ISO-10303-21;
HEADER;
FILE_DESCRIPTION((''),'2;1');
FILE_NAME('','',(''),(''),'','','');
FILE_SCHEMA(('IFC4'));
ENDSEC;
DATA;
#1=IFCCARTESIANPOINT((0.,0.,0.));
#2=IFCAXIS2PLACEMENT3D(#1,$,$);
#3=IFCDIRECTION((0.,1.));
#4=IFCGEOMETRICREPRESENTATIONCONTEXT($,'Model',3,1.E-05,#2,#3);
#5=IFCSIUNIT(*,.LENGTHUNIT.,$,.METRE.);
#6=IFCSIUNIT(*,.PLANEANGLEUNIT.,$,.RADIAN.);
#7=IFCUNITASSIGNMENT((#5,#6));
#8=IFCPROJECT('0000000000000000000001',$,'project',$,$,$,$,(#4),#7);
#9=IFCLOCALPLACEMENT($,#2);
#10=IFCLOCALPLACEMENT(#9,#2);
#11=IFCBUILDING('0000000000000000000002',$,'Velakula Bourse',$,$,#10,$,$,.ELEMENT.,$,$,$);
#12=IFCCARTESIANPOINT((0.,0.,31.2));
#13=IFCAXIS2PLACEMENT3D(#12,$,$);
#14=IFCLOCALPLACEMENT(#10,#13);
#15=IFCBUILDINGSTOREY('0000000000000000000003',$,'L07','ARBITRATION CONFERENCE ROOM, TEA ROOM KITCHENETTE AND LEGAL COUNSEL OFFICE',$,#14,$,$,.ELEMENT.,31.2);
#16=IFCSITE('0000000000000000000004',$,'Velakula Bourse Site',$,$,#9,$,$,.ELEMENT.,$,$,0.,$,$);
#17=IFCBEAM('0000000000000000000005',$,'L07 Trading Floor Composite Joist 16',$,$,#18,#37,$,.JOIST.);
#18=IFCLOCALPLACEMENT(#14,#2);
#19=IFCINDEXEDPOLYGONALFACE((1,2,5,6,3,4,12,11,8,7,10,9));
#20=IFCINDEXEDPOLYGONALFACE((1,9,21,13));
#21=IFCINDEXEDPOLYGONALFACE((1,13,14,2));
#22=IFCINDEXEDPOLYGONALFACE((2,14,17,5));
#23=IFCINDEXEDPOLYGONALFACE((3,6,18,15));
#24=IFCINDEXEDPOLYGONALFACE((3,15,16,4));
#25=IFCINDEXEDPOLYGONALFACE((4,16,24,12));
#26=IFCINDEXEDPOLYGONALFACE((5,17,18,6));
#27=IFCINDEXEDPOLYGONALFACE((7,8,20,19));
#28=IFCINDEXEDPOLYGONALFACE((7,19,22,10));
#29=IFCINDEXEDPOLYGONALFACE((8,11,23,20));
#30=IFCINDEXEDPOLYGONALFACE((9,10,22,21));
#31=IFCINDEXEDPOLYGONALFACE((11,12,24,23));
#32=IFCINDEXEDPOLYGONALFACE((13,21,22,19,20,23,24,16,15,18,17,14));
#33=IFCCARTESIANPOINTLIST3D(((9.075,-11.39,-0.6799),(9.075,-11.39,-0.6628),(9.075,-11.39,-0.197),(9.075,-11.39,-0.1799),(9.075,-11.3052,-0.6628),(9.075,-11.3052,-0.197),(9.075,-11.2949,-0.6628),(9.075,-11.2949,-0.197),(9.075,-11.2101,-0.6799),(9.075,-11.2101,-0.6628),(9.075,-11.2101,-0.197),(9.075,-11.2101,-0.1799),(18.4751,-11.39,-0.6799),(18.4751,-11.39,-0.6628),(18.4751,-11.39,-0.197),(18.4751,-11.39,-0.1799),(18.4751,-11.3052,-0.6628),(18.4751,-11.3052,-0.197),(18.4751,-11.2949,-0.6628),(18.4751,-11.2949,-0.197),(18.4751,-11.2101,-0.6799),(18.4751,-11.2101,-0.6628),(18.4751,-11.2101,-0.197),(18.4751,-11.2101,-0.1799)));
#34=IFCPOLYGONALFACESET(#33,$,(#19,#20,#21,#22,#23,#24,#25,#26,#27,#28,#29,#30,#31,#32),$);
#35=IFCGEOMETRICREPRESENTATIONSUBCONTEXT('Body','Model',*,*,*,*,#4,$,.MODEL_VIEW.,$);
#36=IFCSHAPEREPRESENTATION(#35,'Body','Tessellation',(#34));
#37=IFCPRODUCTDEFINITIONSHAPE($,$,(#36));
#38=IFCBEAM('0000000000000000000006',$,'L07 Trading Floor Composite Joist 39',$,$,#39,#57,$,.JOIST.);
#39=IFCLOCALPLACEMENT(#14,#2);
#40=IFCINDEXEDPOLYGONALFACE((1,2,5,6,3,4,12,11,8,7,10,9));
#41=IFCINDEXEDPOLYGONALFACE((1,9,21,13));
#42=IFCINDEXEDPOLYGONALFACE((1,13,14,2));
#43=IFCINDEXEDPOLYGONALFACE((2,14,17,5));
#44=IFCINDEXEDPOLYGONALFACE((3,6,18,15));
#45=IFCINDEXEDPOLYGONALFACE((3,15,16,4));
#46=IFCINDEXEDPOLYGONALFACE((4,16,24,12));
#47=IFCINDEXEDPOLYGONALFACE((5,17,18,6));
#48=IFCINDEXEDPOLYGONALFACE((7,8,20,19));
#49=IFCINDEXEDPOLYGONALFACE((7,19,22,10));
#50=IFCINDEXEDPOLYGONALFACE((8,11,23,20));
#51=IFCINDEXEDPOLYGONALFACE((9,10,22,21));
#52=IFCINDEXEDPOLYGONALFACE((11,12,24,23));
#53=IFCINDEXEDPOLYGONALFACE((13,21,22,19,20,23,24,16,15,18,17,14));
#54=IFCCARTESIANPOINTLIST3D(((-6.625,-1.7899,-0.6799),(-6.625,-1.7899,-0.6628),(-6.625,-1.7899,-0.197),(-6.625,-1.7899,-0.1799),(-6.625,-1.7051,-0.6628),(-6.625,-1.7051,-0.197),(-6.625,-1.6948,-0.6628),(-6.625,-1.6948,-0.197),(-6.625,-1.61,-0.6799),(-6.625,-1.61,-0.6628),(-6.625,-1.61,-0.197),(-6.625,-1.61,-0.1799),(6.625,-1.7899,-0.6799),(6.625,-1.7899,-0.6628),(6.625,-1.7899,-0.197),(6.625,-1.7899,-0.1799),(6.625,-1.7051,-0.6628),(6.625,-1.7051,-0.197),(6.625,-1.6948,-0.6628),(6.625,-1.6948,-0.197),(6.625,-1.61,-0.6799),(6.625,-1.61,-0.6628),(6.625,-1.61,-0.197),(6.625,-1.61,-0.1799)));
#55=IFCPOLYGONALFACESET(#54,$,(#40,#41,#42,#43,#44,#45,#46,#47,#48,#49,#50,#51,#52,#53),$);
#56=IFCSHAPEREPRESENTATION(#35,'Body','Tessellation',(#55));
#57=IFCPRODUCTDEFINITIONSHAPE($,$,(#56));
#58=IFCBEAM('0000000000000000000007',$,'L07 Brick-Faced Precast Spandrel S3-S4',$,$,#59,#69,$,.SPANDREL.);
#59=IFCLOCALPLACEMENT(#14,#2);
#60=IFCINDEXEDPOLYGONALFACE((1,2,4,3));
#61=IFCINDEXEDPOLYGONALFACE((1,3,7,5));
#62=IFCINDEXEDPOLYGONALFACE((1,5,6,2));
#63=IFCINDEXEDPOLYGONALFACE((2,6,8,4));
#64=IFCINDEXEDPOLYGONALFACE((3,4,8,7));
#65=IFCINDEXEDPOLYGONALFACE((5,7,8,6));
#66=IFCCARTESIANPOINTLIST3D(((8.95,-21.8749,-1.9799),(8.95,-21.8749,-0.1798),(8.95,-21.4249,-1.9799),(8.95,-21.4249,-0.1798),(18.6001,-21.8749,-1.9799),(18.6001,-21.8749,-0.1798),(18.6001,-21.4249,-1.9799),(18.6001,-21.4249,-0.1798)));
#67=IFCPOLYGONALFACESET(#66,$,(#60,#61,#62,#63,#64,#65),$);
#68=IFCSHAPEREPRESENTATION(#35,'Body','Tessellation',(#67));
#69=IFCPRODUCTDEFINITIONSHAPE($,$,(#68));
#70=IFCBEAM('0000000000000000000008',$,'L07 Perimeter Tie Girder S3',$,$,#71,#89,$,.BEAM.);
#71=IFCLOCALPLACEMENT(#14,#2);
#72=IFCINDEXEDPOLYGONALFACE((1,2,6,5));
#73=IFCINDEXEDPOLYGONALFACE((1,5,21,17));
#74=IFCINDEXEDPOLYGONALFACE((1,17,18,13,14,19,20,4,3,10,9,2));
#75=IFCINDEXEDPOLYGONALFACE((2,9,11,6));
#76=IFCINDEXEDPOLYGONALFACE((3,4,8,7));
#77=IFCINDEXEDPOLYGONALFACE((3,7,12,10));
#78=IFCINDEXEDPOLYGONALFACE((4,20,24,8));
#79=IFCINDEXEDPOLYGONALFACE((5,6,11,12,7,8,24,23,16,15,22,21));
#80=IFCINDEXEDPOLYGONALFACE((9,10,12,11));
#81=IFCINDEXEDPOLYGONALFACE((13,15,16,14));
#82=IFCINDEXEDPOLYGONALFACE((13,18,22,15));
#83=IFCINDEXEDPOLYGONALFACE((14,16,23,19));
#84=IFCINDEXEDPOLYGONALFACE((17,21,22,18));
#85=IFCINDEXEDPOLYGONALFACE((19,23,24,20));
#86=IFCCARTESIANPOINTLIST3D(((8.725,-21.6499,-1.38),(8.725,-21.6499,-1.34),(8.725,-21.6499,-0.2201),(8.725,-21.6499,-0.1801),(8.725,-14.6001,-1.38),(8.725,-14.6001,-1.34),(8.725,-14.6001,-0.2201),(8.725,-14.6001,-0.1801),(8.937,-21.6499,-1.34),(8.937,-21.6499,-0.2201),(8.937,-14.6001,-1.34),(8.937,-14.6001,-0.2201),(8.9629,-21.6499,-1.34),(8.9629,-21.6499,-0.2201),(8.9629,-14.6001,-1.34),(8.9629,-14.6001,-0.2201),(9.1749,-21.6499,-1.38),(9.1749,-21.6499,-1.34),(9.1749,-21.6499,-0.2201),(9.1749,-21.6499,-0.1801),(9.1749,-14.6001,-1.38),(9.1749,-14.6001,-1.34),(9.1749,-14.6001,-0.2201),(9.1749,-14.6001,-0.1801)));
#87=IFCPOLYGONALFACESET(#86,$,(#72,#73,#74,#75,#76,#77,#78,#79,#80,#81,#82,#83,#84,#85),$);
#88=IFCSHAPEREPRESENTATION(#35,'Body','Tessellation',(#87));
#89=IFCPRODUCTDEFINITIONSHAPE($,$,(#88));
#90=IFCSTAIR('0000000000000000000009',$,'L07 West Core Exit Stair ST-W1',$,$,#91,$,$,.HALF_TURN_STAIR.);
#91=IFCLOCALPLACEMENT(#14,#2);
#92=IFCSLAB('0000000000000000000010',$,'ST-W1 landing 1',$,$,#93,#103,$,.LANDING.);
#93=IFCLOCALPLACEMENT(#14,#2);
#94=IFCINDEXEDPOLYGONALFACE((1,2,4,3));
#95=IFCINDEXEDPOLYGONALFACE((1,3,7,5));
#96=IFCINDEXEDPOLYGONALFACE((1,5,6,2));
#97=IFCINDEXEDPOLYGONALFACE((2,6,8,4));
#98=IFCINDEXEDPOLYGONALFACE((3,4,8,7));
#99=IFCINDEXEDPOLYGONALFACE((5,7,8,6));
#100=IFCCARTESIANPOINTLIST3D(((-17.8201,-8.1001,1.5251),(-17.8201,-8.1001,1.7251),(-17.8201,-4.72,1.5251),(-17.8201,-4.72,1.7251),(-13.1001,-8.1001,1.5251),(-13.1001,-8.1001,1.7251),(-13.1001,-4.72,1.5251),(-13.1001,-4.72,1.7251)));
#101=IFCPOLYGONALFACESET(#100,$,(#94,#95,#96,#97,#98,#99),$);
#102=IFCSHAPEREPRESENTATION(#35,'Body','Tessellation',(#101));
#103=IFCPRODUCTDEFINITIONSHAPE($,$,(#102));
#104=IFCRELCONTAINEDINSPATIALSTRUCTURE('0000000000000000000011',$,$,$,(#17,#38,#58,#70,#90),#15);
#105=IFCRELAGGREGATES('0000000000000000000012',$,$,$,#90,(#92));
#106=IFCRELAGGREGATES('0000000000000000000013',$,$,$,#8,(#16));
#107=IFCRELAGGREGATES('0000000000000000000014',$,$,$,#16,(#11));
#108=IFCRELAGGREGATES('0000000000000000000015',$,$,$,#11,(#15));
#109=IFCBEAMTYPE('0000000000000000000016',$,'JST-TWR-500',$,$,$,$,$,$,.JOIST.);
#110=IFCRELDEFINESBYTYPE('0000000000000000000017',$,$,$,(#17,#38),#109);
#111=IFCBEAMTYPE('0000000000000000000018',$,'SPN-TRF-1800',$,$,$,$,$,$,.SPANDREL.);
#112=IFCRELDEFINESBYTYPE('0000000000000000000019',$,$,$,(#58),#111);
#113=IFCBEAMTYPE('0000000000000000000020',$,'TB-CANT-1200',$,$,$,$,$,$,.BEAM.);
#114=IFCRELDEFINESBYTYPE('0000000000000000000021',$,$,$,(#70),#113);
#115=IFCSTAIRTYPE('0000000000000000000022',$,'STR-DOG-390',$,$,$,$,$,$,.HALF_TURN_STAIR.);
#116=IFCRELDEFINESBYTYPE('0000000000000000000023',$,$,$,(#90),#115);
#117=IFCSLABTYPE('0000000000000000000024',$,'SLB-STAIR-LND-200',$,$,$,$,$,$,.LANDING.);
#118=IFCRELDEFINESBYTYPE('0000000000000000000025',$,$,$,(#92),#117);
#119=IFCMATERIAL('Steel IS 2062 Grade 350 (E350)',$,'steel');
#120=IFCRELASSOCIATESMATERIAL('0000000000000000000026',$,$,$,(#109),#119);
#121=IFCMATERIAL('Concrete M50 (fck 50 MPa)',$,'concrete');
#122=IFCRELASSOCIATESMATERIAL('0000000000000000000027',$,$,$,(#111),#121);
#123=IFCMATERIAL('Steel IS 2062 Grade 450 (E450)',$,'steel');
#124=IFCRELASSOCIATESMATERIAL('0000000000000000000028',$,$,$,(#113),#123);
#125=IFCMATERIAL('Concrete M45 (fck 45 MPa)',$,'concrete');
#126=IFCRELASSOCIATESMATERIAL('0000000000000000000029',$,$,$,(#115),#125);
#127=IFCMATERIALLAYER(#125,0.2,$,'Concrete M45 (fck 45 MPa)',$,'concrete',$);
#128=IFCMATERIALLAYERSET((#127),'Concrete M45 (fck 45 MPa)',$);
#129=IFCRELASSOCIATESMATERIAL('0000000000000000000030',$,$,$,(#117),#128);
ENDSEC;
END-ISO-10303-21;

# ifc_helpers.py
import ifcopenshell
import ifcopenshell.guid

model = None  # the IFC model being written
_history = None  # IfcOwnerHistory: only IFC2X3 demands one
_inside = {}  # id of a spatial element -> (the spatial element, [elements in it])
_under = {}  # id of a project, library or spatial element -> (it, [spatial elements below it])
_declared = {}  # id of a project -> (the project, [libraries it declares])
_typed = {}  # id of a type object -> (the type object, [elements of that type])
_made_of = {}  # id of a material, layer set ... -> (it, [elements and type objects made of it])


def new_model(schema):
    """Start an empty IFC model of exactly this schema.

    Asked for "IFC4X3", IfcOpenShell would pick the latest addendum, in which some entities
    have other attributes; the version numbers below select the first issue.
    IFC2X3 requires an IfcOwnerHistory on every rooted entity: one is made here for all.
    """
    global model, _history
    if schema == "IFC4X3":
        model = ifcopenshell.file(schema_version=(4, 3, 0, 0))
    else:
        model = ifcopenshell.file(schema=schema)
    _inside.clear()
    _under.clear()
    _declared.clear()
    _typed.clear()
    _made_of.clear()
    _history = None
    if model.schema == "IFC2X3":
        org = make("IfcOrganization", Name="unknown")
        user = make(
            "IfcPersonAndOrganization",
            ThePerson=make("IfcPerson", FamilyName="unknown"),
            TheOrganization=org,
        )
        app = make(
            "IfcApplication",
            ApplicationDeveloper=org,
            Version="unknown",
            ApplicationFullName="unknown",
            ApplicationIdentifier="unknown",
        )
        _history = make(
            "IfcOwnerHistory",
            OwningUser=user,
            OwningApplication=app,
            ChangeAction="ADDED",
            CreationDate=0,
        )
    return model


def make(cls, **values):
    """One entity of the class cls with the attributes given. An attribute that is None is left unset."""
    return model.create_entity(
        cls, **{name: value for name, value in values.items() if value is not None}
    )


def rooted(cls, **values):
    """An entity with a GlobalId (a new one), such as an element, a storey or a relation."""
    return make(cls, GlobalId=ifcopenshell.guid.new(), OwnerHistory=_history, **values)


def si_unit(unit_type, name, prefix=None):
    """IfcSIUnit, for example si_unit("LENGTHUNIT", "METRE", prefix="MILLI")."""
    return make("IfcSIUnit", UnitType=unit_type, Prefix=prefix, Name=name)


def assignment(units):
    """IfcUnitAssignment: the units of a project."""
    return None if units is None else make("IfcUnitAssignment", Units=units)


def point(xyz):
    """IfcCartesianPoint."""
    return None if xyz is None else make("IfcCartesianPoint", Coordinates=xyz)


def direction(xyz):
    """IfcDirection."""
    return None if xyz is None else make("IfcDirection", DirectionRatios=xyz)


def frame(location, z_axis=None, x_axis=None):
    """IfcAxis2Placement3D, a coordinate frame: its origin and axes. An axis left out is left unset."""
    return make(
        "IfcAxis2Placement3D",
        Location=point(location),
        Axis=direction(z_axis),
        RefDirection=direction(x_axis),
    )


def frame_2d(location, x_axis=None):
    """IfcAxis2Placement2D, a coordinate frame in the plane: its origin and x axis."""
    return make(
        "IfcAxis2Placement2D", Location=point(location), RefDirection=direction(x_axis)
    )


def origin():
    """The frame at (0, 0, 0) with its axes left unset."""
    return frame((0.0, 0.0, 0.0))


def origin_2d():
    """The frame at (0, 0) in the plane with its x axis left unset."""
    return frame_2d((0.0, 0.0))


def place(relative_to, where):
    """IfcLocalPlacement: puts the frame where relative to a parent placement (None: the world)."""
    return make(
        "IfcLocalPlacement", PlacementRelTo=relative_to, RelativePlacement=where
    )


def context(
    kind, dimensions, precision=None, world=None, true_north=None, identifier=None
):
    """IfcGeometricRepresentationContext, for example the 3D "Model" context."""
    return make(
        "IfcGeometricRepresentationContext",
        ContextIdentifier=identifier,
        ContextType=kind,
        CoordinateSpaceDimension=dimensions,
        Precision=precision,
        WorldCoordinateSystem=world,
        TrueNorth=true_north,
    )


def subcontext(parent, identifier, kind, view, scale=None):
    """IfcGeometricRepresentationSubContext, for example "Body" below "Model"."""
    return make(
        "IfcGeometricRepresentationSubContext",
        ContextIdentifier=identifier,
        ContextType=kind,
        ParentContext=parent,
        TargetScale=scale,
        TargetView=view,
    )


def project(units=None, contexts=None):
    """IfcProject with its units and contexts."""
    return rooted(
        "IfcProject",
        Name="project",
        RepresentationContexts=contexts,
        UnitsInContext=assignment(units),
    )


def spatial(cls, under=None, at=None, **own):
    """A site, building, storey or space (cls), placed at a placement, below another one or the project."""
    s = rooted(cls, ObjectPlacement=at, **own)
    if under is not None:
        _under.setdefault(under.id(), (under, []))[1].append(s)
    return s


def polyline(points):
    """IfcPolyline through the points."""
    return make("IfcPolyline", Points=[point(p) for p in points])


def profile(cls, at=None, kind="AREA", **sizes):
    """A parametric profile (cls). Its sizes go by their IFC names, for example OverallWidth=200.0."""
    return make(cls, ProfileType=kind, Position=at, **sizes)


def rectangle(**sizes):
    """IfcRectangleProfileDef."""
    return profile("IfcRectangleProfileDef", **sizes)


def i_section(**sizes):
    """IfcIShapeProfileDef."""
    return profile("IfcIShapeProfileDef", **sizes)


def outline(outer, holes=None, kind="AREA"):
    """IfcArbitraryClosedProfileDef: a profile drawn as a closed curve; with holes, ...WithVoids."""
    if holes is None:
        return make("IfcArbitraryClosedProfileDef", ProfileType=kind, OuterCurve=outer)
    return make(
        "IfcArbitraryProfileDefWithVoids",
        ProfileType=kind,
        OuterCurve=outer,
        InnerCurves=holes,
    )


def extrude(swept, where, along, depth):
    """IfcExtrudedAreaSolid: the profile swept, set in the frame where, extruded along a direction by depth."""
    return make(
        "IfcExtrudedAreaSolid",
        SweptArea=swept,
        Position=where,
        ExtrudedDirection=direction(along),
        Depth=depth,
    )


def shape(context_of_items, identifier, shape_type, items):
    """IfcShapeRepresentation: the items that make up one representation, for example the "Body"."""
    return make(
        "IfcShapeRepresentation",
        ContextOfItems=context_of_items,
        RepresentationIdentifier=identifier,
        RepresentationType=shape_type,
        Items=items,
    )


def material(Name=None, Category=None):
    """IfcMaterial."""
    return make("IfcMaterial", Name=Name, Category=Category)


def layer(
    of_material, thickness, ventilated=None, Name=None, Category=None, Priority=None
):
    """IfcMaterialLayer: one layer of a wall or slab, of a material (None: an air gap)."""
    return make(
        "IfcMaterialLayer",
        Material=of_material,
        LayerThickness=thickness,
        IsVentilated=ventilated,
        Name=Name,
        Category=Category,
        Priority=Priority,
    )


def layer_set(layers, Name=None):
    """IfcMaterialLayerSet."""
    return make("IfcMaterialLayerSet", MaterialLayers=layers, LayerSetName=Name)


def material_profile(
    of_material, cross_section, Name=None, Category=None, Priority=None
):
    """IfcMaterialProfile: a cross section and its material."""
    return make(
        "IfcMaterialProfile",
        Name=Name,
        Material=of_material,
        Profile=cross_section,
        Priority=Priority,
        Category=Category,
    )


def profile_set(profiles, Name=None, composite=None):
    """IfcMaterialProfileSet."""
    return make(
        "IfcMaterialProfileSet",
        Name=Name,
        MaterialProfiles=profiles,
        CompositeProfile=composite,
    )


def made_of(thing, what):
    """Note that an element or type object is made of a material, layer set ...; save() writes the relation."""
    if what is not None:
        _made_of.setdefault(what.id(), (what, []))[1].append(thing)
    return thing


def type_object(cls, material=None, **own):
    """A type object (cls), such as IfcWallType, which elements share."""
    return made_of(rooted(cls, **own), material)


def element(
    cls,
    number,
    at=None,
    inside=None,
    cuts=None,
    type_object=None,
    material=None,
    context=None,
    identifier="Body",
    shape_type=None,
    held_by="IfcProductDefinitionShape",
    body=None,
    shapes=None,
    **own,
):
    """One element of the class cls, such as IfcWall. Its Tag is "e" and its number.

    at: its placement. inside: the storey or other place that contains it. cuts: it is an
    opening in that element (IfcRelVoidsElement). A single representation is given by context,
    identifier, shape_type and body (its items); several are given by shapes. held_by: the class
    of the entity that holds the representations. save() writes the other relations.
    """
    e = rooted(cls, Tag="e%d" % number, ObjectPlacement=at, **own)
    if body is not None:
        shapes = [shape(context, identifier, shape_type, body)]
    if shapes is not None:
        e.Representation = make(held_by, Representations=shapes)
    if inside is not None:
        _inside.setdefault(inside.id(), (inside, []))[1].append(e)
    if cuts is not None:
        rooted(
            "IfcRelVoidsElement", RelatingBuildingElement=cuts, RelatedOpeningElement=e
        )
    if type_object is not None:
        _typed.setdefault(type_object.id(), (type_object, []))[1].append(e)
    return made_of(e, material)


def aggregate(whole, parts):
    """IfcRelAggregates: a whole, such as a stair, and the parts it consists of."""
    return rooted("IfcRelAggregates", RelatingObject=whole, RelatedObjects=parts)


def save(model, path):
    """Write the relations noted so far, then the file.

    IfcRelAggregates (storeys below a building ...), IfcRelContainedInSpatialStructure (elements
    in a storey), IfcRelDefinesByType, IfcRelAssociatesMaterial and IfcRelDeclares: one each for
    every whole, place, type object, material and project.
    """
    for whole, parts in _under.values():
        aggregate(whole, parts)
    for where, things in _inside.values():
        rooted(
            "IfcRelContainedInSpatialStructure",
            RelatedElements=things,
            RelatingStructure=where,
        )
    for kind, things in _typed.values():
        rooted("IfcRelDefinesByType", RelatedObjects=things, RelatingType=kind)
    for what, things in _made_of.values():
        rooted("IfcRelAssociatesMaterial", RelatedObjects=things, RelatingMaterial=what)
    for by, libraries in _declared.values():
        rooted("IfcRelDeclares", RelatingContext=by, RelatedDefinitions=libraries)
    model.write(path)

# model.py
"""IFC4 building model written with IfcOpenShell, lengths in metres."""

from ifc_helpers import new_model, si_unit, direction, frame, origin, origin_2d, place, context, subcontext, project, spatial, polyline, rectangle, i_section, outline, extrude, material, layer, layer_set, material_profile, profile_set, type_object, element, aggregate, save


model = new_model("IFC4")

# Units and contexts
model_context = context("Model", 3, precision=1e-05, world=origin(), true_north=direction((0.0, 1.0)))
body_context = subcontext(model_context, "Body", "Model", "MODEL_VIEW")
ifc_project = project(units=[si_unit("LENGTHUNIT", "METRE"), si_unit("PLANEANGLEUNIT", "RADIAN")], contexts=[model_context])

# Site, building, storey
site_placement = place(None, origin())
site = spatial("IfcSite", under=ifc_project, at=site_placement, Name="Velakula Bourse Site", CompositionType="ELEMENT", RefElevation=0.0)
building_placement = place(site_placement, origin())
building = spatial("IfcBuilding", under=site, at=building_placement, Name="Velakula Bourse", CompositionType="ELEMENT")
storey_placement = place(building_placement, frame((0.0, 0.0, 31.2)))
storey = spatial("IfcBuildingStorey", under=building, at=storey_placement, Name="L07", Description="ARBITRATION CONFERENCE ROOM, TEA ROOM KITCHENETTE AND LEGAL COUNSEL OFFICE", CompositionType="ELEMENT", Elevation=31.2)

# Shared definitions
ifc_material_1 = material(Name="Steel IS 2062 Grade 450 (E450)", Category="steel")

# Beams
ifc_material_2 = material(Name="Steel IS 2062 Grade 350 (E350)", Category="steel")
ifc_material_profile_1 = material_profile(ifc_material_2, i_section(OverallWidth=0.1799, OverallDepth=0.5, WebThickness=0.0103, FlangeThickness=0.0171, at=origin_2d()), Name="Steel IS 2062 Grade 350 (E350)")
ifc_profile_set_1 = profile_set([ifc_material_profile_1], Name="Steel IS 2062 Grade 350 (E350)")
beam_type_1 = type_object("IfcBeamType", Name="JST-TWR-500", PredefinedType="JOIST", material=ifc_profile_set_1)
beam_1_placement = place(storey_placement, frame((9.075, -11.3, -0.4299), z_axis=(1.0, 0.0, 0.0), x_axis=(0.0, 1.0, 0.0)))
element("IfcBeam", 1, at=beam_1_placement, inside=storey, type_object=beam_type_1, Name="L07 Trading Floor Composite Joist 16", PredefinedType="JOIST", context=body_context, shape_type="SweptSolid", body=[
    extrude(i_section(OverallWidth=0.1799, OverallDepth=0.5, WebThickness=0.0103, FlangeThickness=0.0171, at=origin_2d()), origin(), (0.0, 0.0, 1.0), 9.4001),
])
beam_2_placement = place(storey_placement, frame((-6.625, -1.7, -0.4299), z_axis=(1.0, 0.0, 0.0), x_axis=(0.0, 1.0, 0.0)))
element("IfcBeam", 2, at=beam_2_placement, inside=storey, type_object=beam_type_1, Name="L07 Trading Floor Composite Joist 39", PredefinedType="JOIST", context=body_context, shape_type="SweptSolid", body=[
    extrude(i_section(OverallWidth=0.1799, OverallDepth=0.5, WebThickness=0.0103, FlangeThickness=0.0171, at=origin_2d()), origin(), (0.0, 0.0, 1.0), 13.25),
])
ifc_material_3 = material(Name="Concrete M50 (fck 50 MPa)", Category="concrete")
ifc_material_profile_2 = material_profile(ifc_material_3, rectangle(XDim=0.45, YDim=1.8, at=origin_2d()), Name="Concrete M50 (fck 50 MPa)")
ifc_profile_set_2 = profile_set([ifc_material_profile_2], Name="Concrete M50 (fck 50 MPa)")
beam_type_2 = type_object("IfcBeamType", Name="SPN-TRF-1800", PredefinedType="SPANDREL", material=ifc_profile_set_2)
beam_3_placement = place(storey_placement, frame((8.95, -21.6499, -1.0798), z_axis=(1.0, 0.0, 0.0), x_axis=(0.0, 1.0, 0.0)))
element("IfcBeam", 3, at=beam_3_placement, inside=storey, type_object=beam_type_2, Name="L07 Brick-Faced Precast Spandrel S3-S4", PredefinedType="SPANDREL", context=body_context, shape_type="SweptSolid", body=[
    extrude(rectangle(XDim=0.45, YDim=1.8, at=origin_2d()), origin(), (0.0, 0.0, 1.0), 9.6501),
])
ifc_material_profile_3 = material_profile(ifc_material_1, i_section(OverallWidth=0.45, OverallDepth=1.2, WebThickness=0.0259, FlangeThickness=0.04, at=origin_2d()), Name="Steel IS 2062 Grade 450 (E450)")
ifc_profile_set_3 = profile_set([ifc_material_profile_3], Name="Steel IS 2062 Grade 450 (E450)")
beam_type_3 = type_object("IfcBeamType", Name="TB-CANT-1200", PredefinedType="BEAM", material=ifc_profile_set_3)
beam_4_placement = place(storey_placement, frame((8.95, -14.6001, -0.78), z_axis=(0.0, -1.0, 0.0), x_axis=(1.0, 0.0, 0.0)))
element("IfcBeam", 4, at=beam_4_placement, inside=storey, type_object=beam_type_3, Name="L07 Perimeter Tie Girder S3", PredefinedType="BEAM", context=body_context, shape_type="SweptSolid", body=[
    extrude(i_section(OverallWidth=0.45, OverallDepth=1.2, WebThickness=0.0259, FlangeThickness=0.04, at=origin_2d()), origin(), (0.0, 0.0, 1.0), 7.0498),
])

# Stair, slab
ifc_material_4 = material(Name="Concrete M45 (fck 45 MPa)", Category="concrete")
stair_type = type_object("IfcStairType", Name="STR-DOG-390", PredefinedType="HALF_TURN_STAIR", material=ifc_material_4)
stair_placement = place(storey_placement, origin())
stair = element("IfcStair", 5, at=stair_placement, inside=storey, type_object=stair_type, Name="L07 West Core Exit Stair ST-W1", PredefinedType="HALF_TURN_STAIR")
ifc_layer_1 = layer(ifc_material_4, 0.2, Name="Concrete M45 (fck 45 MPa)", Category="concrete")
ifc_layer_set_1 = layer_set([ifc_layer_1], Name="Concrete M45 (fck 45 MPa)")
slab_type_1 = type_object("IfcSlabType", Name="SLB-STAIR-LND-200", PredefinedType="LANDING", material=ifc_layer_set_1)
slab_1_placement = place(storey_placement, frame((0.0, 0.0, 1.5251)))
slab_1 = element("IfcSlab", 6, at=slab_1_placement, type_object=slab_type_1, Name="ST-W1 landing 1", PredefinedType="LANDING", context=body_context, shape_type="SweptSolid", body=[
    extrude(outline(polyline([(-17.8201, -4.72), (-17.8201, -8.1001), (-13.1001, -8.1001), (-13.1001, -4.72), (-17.8201, -4.72)])), origin(), (0.0, 0.0, 1.0), 0.2),
])
aggregate(stair, [slab_1])

save(model, "model.ifc")
